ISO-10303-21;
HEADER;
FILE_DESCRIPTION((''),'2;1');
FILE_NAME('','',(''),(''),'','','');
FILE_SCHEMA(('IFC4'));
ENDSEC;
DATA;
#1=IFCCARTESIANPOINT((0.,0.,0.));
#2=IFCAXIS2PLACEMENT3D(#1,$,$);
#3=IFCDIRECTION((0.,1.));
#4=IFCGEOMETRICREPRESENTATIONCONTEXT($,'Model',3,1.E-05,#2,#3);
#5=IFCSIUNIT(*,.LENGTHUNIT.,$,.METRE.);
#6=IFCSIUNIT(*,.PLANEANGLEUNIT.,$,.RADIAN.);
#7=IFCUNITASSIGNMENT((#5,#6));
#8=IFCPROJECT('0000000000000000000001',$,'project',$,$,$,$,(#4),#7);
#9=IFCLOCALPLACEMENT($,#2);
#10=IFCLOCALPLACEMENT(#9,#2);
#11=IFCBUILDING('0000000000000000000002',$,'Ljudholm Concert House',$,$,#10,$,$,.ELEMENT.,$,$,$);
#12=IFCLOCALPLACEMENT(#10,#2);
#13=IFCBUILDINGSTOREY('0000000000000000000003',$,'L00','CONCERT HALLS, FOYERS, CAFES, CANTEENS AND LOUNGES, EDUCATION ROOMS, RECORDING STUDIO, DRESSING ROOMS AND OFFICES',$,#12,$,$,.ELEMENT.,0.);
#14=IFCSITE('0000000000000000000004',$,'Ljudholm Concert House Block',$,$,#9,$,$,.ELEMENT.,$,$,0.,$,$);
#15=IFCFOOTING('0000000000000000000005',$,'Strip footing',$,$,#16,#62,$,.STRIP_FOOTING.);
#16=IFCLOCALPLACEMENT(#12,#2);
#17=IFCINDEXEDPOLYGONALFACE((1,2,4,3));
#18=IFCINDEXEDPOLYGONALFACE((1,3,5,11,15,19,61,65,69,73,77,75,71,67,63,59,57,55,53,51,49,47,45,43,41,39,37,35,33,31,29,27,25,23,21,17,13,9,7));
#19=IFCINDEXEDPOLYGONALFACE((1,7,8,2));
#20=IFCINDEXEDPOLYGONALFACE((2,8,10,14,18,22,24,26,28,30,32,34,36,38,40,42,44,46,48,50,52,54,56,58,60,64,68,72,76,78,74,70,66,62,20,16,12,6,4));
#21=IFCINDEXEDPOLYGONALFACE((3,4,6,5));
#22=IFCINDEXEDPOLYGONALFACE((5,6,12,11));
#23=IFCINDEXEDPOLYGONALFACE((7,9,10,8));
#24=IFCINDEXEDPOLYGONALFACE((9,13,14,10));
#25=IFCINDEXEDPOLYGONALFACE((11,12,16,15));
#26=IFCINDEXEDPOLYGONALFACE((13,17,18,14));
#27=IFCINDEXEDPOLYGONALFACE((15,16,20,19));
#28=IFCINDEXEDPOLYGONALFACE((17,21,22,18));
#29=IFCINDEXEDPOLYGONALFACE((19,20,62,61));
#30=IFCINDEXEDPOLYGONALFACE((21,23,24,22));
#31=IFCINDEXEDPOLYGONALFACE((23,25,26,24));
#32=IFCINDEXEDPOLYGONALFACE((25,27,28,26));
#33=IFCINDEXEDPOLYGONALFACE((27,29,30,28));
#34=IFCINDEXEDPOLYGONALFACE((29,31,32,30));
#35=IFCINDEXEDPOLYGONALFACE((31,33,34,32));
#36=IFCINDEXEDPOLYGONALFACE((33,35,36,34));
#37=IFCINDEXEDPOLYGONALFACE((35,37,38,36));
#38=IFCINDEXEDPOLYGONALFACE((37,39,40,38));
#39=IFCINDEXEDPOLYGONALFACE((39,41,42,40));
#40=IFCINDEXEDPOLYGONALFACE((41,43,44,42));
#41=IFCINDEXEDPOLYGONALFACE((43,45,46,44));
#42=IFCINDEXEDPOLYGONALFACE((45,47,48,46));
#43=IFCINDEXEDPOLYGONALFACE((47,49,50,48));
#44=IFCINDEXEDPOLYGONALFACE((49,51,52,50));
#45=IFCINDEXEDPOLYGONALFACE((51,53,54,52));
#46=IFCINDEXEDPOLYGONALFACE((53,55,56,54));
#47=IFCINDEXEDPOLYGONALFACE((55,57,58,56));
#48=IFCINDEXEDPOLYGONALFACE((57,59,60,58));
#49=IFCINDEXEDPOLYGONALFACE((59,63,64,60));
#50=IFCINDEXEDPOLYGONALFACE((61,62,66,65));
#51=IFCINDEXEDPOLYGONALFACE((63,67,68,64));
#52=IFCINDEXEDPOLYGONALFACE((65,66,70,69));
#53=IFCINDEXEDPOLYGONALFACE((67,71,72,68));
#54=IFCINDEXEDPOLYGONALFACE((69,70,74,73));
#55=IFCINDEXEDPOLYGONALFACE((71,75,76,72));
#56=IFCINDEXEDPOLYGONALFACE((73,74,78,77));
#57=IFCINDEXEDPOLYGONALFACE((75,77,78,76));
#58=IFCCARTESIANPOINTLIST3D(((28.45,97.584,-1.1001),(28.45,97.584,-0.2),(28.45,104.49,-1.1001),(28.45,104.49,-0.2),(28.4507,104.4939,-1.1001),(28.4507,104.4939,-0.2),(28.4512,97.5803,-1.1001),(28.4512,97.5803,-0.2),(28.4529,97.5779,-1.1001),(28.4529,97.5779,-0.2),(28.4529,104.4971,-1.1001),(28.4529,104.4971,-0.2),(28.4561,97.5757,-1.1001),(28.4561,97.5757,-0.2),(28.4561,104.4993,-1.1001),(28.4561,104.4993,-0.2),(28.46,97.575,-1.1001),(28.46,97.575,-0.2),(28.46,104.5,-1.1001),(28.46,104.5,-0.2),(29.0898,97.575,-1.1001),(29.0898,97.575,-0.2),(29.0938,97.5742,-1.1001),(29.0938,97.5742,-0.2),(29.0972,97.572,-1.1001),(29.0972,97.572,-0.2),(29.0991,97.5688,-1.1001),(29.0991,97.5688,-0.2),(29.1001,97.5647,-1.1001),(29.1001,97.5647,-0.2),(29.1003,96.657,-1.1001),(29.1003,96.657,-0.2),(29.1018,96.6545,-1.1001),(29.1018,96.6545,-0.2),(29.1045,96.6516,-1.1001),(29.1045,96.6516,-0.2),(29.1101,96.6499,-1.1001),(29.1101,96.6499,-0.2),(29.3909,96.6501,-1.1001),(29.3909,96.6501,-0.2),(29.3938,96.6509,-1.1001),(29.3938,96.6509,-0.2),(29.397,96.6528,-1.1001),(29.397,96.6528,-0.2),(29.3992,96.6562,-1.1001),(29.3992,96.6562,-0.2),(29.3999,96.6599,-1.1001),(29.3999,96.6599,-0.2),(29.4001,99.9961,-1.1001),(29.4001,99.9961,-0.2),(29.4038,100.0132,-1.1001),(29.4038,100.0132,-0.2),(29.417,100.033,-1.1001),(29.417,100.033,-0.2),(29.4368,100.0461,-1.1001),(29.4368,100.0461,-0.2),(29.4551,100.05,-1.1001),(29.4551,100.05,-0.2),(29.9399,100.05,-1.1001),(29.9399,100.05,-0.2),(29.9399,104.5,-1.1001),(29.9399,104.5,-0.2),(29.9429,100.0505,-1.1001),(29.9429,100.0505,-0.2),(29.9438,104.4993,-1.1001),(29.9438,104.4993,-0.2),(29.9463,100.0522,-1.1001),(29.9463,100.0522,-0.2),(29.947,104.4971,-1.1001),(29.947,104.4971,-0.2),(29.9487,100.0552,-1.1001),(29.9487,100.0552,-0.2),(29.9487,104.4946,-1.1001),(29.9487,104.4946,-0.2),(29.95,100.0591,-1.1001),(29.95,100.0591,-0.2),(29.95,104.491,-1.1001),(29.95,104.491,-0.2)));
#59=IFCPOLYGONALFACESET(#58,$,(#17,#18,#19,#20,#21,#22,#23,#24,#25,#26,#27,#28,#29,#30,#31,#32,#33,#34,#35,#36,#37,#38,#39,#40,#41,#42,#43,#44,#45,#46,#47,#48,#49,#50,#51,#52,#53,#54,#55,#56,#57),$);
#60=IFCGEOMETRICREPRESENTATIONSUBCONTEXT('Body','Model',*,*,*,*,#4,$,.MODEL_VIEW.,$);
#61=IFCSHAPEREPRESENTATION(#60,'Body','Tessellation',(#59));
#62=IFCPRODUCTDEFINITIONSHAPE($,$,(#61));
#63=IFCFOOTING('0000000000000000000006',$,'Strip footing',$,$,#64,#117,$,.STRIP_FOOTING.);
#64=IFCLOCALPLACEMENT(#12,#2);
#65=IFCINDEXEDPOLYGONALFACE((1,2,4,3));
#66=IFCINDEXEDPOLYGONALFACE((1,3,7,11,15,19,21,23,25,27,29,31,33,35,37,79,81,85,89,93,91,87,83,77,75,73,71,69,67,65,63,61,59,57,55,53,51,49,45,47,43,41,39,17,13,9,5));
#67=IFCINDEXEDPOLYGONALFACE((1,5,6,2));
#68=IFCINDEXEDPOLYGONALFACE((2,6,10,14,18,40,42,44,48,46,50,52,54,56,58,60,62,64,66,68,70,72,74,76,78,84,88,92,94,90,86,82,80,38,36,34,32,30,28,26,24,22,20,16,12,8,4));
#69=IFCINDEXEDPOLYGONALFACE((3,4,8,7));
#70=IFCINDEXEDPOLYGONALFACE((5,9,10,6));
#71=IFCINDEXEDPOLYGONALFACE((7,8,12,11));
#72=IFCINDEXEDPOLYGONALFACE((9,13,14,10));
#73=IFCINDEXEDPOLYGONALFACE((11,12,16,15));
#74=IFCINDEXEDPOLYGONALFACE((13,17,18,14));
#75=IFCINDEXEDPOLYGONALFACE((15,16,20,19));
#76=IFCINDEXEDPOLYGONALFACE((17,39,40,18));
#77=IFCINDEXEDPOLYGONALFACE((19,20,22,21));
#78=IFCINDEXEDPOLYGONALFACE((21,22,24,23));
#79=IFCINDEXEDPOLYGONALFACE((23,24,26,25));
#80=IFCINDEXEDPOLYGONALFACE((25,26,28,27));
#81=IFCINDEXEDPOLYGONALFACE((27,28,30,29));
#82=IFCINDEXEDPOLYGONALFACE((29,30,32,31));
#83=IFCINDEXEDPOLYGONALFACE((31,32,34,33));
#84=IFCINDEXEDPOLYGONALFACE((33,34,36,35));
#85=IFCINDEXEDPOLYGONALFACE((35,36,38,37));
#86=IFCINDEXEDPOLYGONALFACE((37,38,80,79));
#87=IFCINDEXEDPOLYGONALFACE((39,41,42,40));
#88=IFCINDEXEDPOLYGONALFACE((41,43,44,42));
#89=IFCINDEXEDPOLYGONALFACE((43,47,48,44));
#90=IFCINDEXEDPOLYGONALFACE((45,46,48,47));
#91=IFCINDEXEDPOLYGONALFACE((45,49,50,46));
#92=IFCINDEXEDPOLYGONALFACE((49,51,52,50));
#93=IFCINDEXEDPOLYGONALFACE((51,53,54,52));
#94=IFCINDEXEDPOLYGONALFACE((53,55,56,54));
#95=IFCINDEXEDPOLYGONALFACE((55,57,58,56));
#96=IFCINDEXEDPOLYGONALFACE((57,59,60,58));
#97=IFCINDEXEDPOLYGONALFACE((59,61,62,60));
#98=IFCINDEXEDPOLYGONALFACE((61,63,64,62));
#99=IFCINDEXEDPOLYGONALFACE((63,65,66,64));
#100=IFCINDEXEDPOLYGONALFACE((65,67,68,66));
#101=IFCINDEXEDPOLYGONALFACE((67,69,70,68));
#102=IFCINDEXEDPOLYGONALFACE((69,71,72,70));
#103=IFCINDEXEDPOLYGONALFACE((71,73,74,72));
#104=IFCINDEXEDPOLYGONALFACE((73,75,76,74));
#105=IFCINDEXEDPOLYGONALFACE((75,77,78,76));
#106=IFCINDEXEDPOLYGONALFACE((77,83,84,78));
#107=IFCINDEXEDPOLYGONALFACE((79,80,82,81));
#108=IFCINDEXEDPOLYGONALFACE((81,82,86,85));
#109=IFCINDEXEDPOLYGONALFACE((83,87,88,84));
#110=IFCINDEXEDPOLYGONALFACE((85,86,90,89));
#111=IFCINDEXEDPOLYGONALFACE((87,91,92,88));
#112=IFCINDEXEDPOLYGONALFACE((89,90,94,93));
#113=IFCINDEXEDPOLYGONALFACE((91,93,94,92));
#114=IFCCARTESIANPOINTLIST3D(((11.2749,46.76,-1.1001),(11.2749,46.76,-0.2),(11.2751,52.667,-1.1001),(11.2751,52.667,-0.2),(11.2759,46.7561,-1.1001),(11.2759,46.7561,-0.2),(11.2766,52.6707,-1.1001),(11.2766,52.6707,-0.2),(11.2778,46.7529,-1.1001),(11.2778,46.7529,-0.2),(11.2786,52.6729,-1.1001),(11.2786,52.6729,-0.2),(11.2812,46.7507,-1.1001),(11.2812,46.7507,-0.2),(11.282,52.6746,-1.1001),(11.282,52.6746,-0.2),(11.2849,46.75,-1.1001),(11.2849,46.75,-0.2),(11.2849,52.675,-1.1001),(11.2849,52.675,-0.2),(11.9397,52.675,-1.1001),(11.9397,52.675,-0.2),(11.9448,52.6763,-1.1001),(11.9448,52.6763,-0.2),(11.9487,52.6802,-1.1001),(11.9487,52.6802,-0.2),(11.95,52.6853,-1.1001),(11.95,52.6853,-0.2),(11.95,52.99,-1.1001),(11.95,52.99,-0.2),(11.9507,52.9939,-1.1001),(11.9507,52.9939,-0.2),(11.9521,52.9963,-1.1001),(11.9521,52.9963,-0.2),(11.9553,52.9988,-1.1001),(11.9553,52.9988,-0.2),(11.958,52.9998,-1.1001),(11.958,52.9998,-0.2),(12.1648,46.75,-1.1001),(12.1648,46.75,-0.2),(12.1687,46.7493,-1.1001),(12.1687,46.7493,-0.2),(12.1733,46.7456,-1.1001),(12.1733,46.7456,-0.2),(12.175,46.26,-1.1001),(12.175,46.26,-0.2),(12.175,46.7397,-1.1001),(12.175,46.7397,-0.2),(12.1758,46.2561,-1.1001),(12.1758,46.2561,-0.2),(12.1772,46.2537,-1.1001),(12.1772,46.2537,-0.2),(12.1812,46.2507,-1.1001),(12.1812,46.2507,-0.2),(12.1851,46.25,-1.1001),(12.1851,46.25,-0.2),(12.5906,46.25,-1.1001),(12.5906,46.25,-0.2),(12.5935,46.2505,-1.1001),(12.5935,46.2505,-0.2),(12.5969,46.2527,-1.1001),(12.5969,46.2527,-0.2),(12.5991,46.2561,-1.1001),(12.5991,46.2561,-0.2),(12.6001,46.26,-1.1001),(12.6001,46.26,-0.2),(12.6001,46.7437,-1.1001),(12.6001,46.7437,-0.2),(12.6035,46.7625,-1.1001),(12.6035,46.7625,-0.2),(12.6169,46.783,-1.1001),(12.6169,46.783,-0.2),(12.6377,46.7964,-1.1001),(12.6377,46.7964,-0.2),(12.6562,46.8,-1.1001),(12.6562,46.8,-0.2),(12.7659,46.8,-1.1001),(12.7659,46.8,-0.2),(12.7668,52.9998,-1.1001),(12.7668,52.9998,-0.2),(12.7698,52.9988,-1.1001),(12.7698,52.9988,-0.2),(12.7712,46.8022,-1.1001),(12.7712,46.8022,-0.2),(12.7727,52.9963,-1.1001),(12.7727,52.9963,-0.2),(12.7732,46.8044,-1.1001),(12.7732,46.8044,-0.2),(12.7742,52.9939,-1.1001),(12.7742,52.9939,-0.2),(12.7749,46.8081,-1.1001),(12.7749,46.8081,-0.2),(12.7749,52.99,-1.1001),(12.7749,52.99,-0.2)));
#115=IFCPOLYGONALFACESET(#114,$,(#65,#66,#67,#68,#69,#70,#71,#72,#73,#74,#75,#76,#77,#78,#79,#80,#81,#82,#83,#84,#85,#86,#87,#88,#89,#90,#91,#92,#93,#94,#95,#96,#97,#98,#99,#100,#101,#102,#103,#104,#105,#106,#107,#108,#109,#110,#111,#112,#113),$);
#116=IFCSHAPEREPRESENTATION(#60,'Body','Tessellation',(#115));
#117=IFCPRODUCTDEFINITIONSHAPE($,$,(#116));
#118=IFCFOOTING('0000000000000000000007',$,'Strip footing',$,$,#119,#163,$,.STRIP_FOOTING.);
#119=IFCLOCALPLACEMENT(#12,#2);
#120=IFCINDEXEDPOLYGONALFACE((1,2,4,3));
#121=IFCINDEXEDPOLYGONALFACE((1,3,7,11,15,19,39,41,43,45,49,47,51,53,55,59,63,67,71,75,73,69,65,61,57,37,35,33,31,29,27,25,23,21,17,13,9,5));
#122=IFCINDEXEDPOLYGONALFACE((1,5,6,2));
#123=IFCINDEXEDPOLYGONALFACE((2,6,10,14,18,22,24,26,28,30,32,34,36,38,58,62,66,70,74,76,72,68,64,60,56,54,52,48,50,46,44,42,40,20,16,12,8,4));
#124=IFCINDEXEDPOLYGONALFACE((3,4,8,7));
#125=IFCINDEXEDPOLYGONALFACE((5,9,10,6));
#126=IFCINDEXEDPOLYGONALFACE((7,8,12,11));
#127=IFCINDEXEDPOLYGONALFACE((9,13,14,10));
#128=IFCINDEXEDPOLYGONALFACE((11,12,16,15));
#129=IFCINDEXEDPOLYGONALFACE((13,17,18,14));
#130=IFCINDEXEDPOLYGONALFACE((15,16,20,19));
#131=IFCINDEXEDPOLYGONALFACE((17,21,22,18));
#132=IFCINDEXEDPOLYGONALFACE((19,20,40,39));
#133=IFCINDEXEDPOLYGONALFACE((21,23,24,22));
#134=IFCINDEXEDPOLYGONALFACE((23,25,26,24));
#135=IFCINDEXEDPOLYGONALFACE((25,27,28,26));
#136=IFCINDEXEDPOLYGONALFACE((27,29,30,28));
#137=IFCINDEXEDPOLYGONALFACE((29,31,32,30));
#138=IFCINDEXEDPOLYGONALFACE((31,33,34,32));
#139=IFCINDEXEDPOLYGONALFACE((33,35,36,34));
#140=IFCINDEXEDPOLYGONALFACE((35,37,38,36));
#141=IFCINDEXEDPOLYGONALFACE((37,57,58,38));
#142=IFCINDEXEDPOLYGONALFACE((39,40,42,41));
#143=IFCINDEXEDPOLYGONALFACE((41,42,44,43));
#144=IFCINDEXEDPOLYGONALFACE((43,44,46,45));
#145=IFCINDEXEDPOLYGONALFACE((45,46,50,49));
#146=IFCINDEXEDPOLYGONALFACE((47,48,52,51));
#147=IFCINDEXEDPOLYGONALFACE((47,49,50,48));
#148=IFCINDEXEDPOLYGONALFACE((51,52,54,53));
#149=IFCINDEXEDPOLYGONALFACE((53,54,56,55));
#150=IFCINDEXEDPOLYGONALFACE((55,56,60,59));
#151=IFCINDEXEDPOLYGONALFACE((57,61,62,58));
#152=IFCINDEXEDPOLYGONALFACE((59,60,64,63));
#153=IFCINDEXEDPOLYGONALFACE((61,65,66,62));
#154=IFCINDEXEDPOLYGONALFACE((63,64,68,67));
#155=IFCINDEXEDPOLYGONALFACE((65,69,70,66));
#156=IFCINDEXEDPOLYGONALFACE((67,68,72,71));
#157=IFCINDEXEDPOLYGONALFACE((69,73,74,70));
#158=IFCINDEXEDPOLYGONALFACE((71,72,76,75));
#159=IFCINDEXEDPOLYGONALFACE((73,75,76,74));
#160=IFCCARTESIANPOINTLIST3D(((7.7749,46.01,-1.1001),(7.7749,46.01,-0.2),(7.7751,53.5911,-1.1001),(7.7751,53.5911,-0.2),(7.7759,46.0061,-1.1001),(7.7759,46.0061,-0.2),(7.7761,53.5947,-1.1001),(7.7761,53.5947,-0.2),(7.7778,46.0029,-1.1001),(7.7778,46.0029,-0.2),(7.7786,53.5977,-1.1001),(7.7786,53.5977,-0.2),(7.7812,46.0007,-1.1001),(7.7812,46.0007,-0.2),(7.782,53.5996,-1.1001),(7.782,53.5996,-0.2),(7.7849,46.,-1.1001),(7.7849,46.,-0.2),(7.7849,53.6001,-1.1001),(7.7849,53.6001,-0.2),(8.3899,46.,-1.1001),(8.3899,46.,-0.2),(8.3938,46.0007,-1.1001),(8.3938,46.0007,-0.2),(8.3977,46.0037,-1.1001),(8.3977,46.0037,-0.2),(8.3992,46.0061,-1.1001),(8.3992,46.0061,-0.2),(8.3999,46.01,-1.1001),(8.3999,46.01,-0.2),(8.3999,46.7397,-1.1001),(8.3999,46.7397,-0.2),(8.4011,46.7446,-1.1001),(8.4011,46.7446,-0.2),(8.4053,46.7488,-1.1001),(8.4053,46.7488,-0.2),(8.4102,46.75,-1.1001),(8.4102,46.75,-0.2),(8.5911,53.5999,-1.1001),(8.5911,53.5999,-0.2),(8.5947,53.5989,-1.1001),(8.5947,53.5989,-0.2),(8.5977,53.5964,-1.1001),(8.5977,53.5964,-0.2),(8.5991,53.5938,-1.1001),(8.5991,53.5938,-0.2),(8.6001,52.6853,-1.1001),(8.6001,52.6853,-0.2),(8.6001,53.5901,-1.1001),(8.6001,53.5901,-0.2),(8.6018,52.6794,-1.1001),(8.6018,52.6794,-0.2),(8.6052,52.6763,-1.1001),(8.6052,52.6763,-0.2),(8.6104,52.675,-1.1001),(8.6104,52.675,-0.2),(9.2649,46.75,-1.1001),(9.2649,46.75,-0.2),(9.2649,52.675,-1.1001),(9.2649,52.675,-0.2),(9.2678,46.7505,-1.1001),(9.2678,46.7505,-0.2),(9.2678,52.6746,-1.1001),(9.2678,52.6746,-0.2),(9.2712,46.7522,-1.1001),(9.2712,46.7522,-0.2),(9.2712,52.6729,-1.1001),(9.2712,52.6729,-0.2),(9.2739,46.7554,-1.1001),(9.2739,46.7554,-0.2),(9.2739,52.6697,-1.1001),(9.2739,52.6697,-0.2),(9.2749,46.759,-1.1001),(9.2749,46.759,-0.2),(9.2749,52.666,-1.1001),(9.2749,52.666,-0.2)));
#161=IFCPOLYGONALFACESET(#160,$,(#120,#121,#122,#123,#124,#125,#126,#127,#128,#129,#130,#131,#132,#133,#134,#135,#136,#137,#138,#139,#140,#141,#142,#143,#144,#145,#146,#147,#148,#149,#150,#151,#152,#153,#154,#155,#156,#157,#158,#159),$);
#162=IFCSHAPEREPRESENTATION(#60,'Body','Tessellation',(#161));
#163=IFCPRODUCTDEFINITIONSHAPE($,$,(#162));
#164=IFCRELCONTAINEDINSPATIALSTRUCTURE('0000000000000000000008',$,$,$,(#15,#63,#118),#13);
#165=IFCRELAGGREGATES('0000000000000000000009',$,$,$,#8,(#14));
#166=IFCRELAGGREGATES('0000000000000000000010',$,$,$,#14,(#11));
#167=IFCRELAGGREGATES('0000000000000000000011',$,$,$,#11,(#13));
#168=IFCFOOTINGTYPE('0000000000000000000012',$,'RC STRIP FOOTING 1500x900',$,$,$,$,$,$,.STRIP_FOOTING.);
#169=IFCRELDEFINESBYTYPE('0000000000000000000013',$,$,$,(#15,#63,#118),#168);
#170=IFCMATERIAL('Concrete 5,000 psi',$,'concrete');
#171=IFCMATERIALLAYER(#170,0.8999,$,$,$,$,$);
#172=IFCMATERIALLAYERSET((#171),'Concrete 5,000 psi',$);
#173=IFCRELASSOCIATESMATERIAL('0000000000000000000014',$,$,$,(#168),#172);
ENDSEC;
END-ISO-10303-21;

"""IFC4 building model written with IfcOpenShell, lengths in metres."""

from ifc_helpers import new_model, si_unit, direction, frame, origin, place, context, subcontext, project, spatial, polyline, outline, extrude, material, layer, layer_set, type_object, element, save


model = new_model("IFC4")

# Units and contexts
model_context = context("Model", 3, precision=1e-05, world=origin(), true_north=direction((0.0, 1.0)))
body_context = subcontext(model_context, "Body", "Model", "MODEL_VIEW")
ifc_project = project(units=[si_unit("LENGTHUNIT", "METRE"), si_unit("PLANEANGLEUNIT", "RADIAN")], contexts=[model_context])

# Site, building, storey
site_placement = place(None, origin())
site = spatial("IfcSite", under=ifc_project, at=site_placement, Name="Ljudholm Concert House Block", CompositionType="ELEMENT", RefElevation=0.0)
building_placement = place(site_placement, origin())
building = spatial("IfcBuilding", under=site, at=building_placement, Name="Ljudholm Concert House", CompositionType="ELEMENT")
storey_placement = place(building_placement, origin())
storey = spatial("IfcBuildingStorey", under=building, at=storey_placement, Name="L00", Description="CONCERT HALLS, FOYERS, CAFES, CANTEENS AND LOUNGES, EDUCATION ROOMS, RECORDING STUDIO, DRESSING ROOMS AND OFFICES", CompositionType="ELEMENT", Elevation=0.0)

# Footings
ifc_material_1 = material(Name="Concrete 5,000 psi", Category="concrete")
ifc_layer_1 = layer(ifc_material_1, 0.8999)
ifc_layer_set_1 = layer_set([ifc_layer_1], Name="Concrete 5,000 psi")
footing_type_1 = type_object("IfcFootingType", Name="RC STRIP FOOTING 1500x900", PredefinedType="STRIP_FOOTING", material=ifc_layer_set_1)
footing_1_placement = place(storey_placement, frame((0.0, 0.0, -1.1001)))
element("IfcFooting", 1, at=footing_1_placement, inside=storey, type_object=footing_type_1, Name="Strip footing", PredefinedType="STRIP_FOOTING", context=body_context, shape_type="SweptSolid", body=[
    extrude(outline(polyline([(28.45, 104.49), (28.45, 97.584), (28.4512, 97.5803), (28.4529, 97.5779), (28.4561, 97.5757), (28.46, 97.575), (29.0898, 97.575), (29.0938, 97.5742), (29.0972, 97.572), (29.0991, 97.5688), (29.1001, 97.5647), (29.1003, 96.657), (29.1018, 96.6545), (29.1045, 96.6516), (29.1101, 96.6499), (29.3909, 96.6501), (29.3938, 96.6509), (29.397, 96.6528), (29.3992, 96.6562), (29.3999, 96.6599), (29.4001, 99.9961), (29.4038, 100.0132), (29.417, 100.033), (29.4368, 100.0461), (29.4551, 100.05), (29.9399, 100.05), (29.9429, 100.0505), (29.9463, 100.0522), (29.9487, 100.0552), (29.95, 100.0591), (29.95, 104.491), (29.9487, 104.4946), (29.947, 104.4971), (29.9438, 104.4993), (29.9399, 104.5), (28.46, 104.5), (28.4561, 104.4993), (28.4529, 104.4971), (28.4507, 104.4939), (28.45, 104.49)])), origin(), (0.0, 0.0, 1.0), 0.9001),
])
footing_2_placement = place(storey_placement, frame((0.0, 0.0, -1.1001)))
element("IfcFooting", 2, at=footing_2_placement, inside=storey, type_object=footing_type_1, Name="Strip footing", PredefinedType="STRIP_FOOTING", context=body_context, shape_type="SweptSolid", body=[
    extrude(outline(polyline([(11.2849, 46.75), (12.1648, 46.75), (12.1687, 46.7493), (12.1733, 46.7456), (12.175, 46.7397), (12.175, 46.26), (12.1758, 46.2561), (12.1772, 46.2537), (12.1812, 46.2507), (12.1851, 46.25), (12.5906, 46.25), (12.5935, 46.2505), (12.5969, 46.2527), (12.5991, 46.2561), (12.6001, 46.26), (12.6001, 46.7437), (12.6035, 46.7625), (12.6169, 46.783), (12.6377, 46.7964), (12.6562, 46.8), (12.7659, 46.8), (12.7712, 46.8022), (12.7732, 46.8044), (12.7749, 46.8081), (12.7749, 52.99), (12.7742, 52.9939), (12.7727, 52.9963), (12.7698, 52.9988), (12.7668, 52.9998), (11.958, 52.9998), (11.9553, 52.9988), (11.9521, 52.9963), (11.9507, 52.9939), (11.95, 52.99), (11.95, 52.6853), (11.9487, 52.6802), (11.9448, 52.6763), (11.9397, 52.675), (11.2849, 52.675), (11.282, 52.6746), (11.2786, 52.6729), (11.2766, 52.6707), (11.2751, 52.667), (11.2749, 46.76), (11.2759, 46.7561), (11.2778, 46.7529), (11.2812, 46.7507), (11.2849, 46.75)])), origin(), (0.0, 0.0, 1.0), 0.9001),
])
footing_3_placement = place(storey_placement, frame((0.0, 0.0, -1.1001)))
element("IfcFooting", 3, at=footing_3_placement, inside=storey, type_object=footing_type_1, Name="Strip footing", PredefinedType="STRIP_FOOTING", context=body_context, shape_type="SweptSolid", body=[
    extrude(outline(polyline([(7.7849, 46.0), (8.3899, 46.0), (8.3938, 46.0007), (8.3977, 46.0037), (8.3992, 46.0061), (8.3999, 46.01), (8.3999, 46.7397), (8.4011, 46.7446), (8.4053, 46.7488), (8.4102, 46.75), (9.2649, 46.75), (9.2678, 46.7505), (9.2712, 46.7522), (9.2739, 46.7554), (9.2749, 46.759), (9.2749, 52.666), (9.2739, 52.6697), (9.2712, 52.6729), (9.2678, 52.6746), (9.2649, 52.675), (8.6104, 52.675), (8.6052, 52.6763), (8.6018, 52.6794), (8.6001, 52.6853), (8.6001, 53.5901), (8.5991, 53.5938), (8.5977, 53.5964), (8.5947, 53.5989), (8.5911, 53.5999), (7.7849, 53.6001), (7.782, 53.5996), (7.7786, 53.5977), (7.7761, 53.5947), (7.7751, 53.5911), (7.7749, 46.01), (7.7759, 46.0061), (7.7778, 46.0029), (7.7812, 46.0007), (7.7849, 46.0)])), origin(), (0.0, 0.0, 1.0), 0.9001),
])

save(model, "model.ifc")
